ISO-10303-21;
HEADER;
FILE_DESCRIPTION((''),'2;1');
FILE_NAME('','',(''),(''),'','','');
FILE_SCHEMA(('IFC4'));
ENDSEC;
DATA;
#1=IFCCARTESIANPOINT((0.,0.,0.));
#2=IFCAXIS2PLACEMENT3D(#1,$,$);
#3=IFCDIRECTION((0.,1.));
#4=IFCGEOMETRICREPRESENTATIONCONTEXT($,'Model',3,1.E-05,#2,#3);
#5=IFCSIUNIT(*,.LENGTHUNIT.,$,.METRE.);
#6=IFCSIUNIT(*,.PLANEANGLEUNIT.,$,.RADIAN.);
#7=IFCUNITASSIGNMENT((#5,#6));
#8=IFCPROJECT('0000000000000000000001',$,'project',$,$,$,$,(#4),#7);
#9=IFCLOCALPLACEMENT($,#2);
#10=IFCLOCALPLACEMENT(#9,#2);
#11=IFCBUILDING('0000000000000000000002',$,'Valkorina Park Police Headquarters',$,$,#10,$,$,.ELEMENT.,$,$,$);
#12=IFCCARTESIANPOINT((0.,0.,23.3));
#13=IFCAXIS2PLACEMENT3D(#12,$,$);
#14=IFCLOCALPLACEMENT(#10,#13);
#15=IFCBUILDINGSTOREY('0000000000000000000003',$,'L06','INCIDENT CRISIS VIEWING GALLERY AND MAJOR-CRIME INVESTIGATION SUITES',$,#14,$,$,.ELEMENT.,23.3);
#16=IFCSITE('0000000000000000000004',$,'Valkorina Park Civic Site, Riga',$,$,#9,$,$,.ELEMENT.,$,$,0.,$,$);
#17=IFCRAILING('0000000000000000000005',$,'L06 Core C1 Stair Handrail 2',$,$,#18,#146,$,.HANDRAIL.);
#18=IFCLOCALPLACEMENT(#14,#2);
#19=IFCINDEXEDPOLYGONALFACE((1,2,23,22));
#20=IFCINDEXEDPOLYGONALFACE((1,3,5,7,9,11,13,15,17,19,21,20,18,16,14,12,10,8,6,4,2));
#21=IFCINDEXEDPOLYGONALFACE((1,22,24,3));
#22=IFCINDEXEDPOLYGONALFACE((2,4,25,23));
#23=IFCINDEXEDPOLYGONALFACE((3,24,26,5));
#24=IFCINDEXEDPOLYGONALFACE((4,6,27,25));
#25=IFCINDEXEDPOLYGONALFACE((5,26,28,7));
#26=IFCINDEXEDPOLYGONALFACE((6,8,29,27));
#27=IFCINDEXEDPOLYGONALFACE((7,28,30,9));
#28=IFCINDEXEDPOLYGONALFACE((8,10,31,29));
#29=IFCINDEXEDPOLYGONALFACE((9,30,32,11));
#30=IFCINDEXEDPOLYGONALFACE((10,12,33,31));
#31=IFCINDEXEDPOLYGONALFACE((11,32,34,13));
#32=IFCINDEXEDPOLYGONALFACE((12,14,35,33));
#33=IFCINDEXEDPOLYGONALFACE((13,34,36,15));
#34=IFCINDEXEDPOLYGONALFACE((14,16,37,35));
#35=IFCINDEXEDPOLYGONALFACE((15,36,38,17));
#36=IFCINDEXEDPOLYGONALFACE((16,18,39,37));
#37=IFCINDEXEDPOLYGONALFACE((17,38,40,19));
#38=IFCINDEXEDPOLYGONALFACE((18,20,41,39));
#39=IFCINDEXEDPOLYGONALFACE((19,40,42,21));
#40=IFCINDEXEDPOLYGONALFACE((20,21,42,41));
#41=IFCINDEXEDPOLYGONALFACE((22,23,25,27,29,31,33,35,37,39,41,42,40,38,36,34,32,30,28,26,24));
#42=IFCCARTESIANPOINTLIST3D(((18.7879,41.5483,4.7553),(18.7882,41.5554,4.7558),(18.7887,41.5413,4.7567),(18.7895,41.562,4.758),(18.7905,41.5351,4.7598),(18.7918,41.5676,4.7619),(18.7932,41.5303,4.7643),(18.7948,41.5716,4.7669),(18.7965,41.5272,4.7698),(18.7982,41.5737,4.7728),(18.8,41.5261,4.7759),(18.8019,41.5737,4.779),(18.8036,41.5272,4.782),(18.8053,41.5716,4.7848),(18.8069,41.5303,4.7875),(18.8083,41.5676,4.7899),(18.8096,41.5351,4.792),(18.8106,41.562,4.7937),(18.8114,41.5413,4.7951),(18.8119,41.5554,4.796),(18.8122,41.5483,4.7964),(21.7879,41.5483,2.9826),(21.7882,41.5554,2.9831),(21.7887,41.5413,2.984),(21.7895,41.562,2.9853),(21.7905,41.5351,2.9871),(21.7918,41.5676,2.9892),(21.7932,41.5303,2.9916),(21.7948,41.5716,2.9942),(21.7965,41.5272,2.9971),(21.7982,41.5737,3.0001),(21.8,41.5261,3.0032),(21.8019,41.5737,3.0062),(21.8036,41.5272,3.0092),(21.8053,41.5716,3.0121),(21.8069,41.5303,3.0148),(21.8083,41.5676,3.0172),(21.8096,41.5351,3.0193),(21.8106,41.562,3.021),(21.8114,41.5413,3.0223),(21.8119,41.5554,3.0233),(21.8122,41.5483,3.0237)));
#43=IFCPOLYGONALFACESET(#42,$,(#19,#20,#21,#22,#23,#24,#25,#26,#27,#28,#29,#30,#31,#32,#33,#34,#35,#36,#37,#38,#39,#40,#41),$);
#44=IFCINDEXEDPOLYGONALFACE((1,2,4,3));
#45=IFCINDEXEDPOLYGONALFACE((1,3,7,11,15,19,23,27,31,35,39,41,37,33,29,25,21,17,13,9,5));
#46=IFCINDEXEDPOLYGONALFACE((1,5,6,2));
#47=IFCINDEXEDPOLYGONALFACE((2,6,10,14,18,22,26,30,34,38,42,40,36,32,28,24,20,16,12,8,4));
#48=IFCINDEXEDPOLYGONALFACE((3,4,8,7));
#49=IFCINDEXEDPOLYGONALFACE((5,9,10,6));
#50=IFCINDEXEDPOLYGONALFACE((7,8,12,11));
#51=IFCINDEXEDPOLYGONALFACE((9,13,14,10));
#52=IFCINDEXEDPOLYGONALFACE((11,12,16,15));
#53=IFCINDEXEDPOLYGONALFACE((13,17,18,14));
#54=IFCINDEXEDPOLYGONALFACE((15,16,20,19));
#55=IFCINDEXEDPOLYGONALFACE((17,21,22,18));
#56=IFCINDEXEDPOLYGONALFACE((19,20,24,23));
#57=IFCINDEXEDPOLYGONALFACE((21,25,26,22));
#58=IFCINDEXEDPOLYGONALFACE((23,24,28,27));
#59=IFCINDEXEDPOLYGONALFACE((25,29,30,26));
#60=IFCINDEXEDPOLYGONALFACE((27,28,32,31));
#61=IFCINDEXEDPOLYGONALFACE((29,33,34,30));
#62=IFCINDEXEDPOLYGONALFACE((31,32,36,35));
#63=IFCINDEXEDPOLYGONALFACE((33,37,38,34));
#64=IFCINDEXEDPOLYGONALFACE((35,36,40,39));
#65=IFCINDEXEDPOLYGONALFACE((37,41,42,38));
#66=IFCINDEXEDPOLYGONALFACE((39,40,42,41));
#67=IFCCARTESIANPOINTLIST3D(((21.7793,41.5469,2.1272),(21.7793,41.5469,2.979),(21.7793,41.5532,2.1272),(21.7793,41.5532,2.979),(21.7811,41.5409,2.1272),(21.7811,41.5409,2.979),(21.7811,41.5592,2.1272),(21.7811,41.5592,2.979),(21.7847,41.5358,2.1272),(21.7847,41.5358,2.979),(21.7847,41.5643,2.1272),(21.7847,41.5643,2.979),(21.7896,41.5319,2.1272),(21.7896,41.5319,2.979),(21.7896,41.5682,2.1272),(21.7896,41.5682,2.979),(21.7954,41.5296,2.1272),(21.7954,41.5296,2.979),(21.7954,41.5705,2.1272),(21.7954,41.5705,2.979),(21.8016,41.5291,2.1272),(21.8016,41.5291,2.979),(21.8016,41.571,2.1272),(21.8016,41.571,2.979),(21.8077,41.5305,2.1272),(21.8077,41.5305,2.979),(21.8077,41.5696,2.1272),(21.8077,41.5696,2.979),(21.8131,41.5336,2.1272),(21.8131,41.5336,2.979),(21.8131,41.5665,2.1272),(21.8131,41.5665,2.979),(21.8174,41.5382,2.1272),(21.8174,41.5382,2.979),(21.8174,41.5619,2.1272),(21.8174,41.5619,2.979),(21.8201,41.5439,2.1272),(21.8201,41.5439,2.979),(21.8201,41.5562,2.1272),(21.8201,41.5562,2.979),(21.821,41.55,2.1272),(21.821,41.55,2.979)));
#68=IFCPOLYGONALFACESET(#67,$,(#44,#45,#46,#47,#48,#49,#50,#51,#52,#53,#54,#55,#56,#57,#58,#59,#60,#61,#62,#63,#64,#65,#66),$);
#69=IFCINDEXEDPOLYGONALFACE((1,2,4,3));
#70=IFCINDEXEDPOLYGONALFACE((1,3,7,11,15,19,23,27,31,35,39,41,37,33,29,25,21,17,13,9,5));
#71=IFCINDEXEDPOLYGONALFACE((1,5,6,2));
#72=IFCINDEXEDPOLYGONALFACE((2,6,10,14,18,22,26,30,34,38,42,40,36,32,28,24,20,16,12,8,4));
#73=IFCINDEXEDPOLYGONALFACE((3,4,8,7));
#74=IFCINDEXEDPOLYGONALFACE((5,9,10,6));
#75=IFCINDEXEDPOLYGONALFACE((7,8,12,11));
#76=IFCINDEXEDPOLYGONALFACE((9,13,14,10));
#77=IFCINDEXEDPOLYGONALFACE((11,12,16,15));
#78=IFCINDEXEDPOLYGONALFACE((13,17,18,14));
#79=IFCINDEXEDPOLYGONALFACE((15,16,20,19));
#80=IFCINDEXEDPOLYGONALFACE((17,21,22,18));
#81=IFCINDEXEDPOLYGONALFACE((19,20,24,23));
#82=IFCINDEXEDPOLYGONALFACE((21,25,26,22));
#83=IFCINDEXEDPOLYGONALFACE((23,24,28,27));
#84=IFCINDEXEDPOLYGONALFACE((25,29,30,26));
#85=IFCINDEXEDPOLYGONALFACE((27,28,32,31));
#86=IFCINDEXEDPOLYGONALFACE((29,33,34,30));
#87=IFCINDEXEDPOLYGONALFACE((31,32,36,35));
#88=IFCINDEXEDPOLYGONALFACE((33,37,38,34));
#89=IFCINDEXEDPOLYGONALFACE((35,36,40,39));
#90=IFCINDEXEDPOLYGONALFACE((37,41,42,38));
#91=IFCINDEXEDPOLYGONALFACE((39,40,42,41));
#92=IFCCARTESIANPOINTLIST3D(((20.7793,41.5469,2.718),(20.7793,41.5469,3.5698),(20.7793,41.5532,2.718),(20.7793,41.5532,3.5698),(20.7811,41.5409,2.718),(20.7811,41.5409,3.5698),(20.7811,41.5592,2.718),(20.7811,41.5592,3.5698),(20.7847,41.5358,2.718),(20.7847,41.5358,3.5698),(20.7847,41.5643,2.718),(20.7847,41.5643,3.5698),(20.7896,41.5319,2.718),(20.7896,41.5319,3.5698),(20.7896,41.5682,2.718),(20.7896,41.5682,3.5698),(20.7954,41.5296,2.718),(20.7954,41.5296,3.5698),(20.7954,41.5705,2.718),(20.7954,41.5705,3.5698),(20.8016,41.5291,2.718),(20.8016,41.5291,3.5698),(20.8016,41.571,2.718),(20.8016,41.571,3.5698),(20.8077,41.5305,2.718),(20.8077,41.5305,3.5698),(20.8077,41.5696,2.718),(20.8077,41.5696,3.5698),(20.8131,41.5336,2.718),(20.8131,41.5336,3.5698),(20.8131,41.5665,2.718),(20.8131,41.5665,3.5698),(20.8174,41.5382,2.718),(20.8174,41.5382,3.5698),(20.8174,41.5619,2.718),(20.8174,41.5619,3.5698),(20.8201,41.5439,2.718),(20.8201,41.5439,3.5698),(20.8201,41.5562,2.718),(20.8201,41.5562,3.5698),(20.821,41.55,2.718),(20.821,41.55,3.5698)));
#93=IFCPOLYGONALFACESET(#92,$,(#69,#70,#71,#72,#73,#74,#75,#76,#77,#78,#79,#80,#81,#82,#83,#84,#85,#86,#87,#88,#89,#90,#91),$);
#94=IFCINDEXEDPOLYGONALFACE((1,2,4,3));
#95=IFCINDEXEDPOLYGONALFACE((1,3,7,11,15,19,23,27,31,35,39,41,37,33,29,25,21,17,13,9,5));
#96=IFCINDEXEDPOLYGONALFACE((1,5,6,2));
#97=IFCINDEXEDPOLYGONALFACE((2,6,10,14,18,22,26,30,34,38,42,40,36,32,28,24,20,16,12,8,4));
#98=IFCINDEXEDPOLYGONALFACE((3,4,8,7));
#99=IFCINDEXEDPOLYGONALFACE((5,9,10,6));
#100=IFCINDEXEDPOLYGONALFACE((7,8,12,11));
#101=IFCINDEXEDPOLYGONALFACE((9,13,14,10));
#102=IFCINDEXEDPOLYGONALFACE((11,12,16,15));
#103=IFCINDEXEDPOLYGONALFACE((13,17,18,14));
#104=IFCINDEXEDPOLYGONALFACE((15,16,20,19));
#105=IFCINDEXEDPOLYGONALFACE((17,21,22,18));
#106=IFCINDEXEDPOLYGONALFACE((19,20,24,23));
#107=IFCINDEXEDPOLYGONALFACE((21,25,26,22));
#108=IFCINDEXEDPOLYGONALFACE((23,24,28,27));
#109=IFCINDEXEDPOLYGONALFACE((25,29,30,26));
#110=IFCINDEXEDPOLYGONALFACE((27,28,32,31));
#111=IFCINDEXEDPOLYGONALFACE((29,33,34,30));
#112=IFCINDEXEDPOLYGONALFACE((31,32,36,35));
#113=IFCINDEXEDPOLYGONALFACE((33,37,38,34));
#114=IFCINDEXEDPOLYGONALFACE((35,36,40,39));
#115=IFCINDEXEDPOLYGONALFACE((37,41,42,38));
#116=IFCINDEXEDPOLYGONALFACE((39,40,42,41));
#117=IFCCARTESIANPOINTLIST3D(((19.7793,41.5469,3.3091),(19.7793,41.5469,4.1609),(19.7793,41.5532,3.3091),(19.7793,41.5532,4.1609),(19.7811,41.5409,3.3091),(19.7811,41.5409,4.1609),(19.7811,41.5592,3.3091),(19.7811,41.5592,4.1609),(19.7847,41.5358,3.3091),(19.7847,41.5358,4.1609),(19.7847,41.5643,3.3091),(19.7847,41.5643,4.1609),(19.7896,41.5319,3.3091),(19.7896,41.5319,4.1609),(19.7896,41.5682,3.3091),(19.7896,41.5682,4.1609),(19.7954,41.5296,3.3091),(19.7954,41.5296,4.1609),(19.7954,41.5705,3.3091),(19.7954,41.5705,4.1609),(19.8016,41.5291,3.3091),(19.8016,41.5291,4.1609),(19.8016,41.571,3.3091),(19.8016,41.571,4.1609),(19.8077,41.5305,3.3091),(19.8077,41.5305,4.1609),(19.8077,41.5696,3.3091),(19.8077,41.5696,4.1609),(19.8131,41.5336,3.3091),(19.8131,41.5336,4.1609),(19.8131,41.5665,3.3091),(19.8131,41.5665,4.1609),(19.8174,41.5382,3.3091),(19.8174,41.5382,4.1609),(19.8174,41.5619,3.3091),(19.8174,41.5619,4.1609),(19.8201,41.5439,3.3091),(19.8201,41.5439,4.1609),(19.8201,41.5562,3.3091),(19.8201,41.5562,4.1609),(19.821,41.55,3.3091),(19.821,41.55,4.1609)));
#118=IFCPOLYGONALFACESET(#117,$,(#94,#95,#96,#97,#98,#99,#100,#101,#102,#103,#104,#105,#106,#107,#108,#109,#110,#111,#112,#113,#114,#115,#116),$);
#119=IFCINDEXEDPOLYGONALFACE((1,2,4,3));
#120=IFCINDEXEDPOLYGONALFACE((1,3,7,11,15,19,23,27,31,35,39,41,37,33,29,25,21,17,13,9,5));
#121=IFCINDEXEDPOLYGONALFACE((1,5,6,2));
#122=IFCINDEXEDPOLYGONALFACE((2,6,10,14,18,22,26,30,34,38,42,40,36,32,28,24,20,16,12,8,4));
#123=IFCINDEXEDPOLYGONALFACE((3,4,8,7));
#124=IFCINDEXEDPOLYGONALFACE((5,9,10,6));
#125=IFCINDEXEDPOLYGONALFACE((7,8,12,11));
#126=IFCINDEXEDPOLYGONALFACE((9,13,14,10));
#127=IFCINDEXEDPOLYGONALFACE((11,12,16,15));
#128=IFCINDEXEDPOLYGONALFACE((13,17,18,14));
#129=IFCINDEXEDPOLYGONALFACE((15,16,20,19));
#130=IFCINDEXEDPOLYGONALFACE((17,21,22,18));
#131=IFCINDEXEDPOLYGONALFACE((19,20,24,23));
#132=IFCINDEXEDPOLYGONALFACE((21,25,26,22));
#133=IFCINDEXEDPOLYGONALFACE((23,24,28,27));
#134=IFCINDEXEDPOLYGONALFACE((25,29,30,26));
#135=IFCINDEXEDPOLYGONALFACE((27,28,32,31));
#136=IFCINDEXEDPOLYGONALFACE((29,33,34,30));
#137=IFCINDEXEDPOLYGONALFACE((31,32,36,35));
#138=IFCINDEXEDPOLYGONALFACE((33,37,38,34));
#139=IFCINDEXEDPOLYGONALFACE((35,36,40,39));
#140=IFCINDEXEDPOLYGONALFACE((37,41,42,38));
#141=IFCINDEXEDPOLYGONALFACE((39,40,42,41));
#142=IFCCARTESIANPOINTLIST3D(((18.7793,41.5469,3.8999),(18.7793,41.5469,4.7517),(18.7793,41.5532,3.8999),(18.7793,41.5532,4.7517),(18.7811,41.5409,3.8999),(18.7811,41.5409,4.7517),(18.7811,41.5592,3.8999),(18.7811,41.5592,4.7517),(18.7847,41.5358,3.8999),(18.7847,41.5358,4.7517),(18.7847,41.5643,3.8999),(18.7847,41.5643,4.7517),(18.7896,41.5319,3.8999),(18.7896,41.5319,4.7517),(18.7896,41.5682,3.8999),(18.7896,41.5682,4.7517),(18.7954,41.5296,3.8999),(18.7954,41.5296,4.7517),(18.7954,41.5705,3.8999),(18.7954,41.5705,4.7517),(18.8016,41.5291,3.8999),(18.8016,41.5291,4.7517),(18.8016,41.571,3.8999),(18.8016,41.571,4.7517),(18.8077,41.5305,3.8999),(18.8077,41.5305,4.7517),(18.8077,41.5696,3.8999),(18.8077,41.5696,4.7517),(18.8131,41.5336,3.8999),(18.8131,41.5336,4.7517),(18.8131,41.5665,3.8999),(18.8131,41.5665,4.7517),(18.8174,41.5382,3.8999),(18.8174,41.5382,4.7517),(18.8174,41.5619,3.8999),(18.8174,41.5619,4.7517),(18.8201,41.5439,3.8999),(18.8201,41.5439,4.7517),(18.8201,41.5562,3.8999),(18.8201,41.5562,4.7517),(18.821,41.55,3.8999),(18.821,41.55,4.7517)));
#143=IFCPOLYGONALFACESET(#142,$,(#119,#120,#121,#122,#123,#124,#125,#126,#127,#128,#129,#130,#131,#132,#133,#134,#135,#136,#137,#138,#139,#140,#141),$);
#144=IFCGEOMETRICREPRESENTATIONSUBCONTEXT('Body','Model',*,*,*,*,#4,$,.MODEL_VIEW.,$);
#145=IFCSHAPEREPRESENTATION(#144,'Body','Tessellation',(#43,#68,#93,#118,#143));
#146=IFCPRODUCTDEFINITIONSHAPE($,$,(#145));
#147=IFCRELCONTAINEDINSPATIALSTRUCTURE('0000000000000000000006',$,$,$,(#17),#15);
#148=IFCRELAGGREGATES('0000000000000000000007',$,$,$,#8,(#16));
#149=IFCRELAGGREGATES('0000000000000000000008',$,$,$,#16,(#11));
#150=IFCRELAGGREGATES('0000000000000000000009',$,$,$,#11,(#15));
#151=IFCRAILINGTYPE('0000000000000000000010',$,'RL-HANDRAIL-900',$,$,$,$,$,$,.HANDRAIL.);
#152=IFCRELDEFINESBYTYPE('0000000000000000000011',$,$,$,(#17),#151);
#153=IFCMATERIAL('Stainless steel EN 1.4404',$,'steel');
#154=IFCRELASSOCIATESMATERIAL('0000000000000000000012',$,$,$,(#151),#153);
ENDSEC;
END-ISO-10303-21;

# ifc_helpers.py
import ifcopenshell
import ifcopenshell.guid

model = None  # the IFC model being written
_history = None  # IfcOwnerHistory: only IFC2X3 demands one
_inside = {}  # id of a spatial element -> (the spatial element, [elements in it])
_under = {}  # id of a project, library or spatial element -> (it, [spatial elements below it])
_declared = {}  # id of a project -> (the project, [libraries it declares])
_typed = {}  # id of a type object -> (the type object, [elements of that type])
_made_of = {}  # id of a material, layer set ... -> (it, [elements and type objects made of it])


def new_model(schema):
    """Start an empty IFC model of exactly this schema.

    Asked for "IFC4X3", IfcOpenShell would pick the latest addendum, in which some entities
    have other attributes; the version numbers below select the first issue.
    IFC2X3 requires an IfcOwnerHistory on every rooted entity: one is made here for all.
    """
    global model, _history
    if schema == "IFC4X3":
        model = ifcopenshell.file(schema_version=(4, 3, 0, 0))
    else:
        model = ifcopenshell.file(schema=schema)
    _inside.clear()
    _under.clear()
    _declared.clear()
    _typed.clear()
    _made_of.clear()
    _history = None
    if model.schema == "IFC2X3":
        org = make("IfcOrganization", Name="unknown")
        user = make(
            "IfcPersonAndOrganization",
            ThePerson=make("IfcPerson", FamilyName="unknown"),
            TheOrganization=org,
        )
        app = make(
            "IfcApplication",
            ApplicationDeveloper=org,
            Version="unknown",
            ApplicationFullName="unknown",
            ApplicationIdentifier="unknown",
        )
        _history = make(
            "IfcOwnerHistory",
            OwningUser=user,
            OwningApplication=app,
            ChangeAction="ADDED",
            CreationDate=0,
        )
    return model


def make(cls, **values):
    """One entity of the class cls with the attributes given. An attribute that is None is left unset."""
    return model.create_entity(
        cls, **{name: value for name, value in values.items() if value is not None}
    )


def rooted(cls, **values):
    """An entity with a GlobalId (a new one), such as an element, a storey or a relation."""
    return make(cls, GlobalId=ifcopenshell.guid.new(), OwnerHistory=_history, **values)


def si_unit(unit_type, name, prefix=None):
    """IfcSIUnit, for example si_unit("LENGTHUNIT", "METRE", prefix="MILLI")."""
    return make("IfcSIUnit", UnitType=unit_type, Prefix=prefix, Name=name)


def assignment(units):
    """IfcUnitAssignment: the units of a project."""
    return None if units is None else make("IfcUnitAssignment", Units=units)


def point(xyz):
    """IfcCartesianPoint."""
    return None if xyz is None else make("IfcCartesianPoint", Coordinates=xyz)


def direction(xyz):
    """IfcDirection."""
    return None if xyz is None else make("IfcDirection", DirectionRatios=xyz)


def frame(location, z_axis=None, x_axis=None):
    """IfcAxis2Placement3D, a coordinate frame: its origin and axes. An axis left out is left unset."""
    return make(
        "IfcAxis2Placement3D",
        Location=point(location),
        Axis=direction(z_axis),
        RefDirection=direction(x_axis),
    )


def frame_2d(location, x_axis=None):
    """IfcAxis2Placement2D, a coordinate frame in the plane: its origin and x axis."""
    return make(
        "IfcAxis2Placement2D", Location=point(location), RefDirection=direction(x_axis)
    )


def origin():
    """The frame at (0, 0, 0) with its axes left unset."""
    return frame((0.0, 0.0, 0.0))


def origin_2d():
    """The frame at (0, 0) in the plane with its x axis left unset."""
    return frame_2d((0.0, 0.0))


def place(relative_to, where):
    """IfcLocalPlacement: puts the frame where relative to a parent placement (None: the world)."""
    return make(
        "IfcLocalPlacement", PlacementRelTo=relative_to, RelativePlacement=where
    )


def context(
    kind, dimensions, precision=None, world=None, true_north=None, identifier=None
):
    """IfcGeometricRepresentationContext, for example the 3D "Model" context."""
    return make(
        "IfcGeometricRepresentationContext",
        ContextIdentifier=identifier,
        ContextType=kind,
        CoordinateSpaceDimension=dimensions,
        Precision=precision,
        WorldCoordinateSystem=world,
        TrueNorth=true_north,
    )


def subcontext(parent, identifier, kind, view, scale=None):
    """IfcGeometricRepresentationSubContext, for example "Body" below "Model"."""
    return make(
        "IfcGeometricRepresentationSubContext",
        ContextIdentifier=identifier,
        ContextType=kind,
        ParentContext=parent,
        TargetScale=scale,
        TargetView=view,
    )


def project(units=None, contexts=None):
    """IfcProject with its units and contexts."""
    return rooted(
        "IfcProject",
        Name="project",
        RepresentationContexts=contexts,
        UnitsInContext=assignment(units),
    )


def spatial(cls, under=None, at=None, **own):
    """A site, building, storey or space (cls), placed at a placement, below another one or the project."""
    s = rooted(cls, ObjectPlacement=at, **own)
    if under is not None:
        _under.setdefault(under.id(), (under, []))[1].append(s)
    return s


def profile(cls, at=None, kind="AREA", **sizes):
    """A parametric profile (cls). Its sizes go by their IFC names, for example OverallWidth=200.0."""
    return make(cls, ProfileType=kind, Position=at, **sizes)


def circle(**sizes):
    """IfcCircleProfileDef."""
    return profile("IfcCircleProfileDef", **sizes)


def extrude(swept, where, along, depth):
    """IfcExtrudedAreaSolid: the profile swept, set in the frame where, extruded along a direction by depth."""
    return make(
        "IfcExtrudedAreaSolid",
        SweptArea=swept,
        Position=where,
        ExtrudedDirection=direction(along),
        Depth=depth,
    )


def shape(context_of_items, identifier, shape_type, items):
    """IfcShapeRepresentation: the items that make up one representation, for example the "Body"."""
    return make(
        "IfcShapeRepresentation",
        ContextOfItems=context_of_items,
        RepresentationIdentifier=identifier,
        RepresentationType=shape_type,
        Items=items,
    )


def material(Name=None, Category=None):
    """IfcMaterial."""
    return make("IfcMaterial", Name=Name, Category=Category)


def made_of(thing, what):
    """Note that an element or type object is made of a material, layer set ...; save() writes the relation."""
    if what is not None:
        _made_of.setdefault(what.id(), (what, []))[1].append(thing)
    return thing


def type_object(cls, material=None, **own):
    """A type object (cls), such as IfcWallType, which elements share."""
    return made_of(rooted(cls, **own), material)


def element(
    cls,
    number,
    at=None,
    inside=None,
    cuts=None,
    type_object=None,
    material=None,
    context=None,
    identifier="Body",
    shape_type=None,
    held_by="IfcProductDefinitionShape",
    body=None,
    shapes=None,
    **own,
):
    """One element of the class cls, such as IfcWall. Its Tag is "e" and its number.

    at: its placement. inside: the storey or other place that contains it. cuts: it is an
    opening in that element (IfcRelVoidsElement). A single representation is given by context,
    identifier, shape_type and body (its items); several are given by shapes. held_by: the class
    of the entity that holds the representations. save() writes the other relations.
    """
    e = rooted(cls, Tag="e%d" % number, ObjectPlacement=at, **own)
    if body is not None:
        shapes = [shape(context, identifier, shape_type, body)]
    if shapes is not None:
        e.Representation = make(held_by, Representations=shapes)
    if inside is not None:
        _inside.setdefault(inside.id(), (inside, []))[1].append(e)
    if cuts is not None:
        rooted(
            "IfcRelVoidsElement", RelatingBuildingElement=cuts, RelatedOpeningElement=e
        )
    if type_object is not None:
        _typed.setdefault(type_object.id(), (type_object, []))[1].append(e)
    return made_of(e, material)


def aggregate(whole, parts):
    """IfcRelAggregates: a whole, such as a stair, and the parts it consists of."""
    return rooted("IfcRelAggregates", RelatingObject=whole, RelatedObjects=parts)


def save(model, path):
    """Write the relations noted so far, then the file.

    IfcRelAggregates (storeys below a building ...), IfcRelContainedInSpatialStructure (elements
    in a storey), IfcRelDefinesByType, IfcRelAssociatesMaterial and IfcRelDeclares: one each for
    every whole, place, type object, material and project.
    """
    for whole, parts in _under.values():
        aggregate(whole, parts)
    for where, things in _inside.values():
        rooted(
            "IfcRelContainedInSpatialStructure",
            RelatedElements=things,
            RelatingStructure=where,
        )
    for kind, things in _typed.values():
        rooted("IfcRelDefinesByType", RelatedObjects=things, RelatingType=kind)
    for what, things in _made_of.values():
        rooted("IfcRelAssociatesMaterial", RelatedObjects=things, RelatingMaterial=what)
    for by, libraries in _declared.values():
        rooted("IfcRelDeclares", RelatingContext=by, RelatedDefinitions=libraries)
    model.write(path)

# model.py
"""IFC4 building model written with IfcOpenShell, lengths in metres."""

from ifc_helpers import new_model, si_unit, direction, frame, origin, origin_2d, place, context, subcontext, project, spatial, circle, extrude, material, type_object, element, save


model = new_model("IFC4")

# Units and contexts
model_context = context("Model", 3, precision=1e-05, world=origin(), true_north=direction((0.0, 1.0)))
body_context = subcontext(model_context, "Body", "Model", "MODEL_VIEW")
ifc_project = project(units=[si_unit("LENGTHUNIT", "METRE"), si_unit("PLANEANGLEUNIT", "RADIAN")], contexts=[model_context])

# Site, building, storey
site_placement = place(None, origin())
site = spatial("IfcSite", under=ifc_project, at=site_placement, Name="Valkorina Park Civic Site, Riga", CompositionType="ELEMENT", RefElevation=0.0)
building_placement = place(site_placement, origin())
building = spatial("IfcBuilding", under=site, at=building_placement, Name="Valkorina Park Police Headquarters", CompositionType="ELEMENT")
storey_placement = place(building_placement, frame((0.0, 0.0, 23.3)))
storey = spatial("IfcBuildingStorey", under=building, at=storey_placement, Name="L06", Description="INCIDENT CRISIS VIEWING GALLERY AND MAJOR-CRIME INVESTIGATION SUITES", CompositionType="ELEMENT", Elevation=23.3)

# Railing
ifc_material_1 = material(Name="Stainless steel EN 1.4404", Category="steel")
railing_type_1 = type_object("IfcRailingType", Name="RL-HANDRAIL-900", PredefinedType="HANDRAIL", material=ifc_material_1)
railing_1_placement = place(storey_placement, frame((21.8, 41.55, 2.1272)))
element("IfcRailing", 1, at=railing_1_placement, inside=storey, type_object=railing_type_1, Name="L06 Core C1 Stair Handrail 2", PredefinedType="HANDRAIL", context=body_context, shape_type="SweptSolid", body=[
    extrude(circle(Radius=0.0239, at=origin_2d()), frame((0.0, 0.0, 0.876), z_axis=(-0.860929, 0.0, 0.508725), x_axis=(0.0, -1.0, 0.0)), (0.0, 0.0, 1.0), 3.4846),
    extrude(circle(Radius=0.021, at=origin_2d()), origin(), (0.0, 0.0, 1.0), 0.8518),
    extrude(circle(Radius=0.021, at=origin_2d()), frame((-1.0, 0.0, 0.5908)), (0.0, 0.0, 1.0), 0.8518),
    extrude(circle(Radius=0.021, at=origin_2d()), frame((-2.0, 0.0, 1.1819)), (0.0, 0.0, 1.0), 0.8518),
    extrude(circle(Radius=0.021, at=origin_2d()), frame((-3.0, 0.0, 1.7727)), (0.0, 0.0, 1.0), 0.8518),
])

save(model, "model.ifc")
